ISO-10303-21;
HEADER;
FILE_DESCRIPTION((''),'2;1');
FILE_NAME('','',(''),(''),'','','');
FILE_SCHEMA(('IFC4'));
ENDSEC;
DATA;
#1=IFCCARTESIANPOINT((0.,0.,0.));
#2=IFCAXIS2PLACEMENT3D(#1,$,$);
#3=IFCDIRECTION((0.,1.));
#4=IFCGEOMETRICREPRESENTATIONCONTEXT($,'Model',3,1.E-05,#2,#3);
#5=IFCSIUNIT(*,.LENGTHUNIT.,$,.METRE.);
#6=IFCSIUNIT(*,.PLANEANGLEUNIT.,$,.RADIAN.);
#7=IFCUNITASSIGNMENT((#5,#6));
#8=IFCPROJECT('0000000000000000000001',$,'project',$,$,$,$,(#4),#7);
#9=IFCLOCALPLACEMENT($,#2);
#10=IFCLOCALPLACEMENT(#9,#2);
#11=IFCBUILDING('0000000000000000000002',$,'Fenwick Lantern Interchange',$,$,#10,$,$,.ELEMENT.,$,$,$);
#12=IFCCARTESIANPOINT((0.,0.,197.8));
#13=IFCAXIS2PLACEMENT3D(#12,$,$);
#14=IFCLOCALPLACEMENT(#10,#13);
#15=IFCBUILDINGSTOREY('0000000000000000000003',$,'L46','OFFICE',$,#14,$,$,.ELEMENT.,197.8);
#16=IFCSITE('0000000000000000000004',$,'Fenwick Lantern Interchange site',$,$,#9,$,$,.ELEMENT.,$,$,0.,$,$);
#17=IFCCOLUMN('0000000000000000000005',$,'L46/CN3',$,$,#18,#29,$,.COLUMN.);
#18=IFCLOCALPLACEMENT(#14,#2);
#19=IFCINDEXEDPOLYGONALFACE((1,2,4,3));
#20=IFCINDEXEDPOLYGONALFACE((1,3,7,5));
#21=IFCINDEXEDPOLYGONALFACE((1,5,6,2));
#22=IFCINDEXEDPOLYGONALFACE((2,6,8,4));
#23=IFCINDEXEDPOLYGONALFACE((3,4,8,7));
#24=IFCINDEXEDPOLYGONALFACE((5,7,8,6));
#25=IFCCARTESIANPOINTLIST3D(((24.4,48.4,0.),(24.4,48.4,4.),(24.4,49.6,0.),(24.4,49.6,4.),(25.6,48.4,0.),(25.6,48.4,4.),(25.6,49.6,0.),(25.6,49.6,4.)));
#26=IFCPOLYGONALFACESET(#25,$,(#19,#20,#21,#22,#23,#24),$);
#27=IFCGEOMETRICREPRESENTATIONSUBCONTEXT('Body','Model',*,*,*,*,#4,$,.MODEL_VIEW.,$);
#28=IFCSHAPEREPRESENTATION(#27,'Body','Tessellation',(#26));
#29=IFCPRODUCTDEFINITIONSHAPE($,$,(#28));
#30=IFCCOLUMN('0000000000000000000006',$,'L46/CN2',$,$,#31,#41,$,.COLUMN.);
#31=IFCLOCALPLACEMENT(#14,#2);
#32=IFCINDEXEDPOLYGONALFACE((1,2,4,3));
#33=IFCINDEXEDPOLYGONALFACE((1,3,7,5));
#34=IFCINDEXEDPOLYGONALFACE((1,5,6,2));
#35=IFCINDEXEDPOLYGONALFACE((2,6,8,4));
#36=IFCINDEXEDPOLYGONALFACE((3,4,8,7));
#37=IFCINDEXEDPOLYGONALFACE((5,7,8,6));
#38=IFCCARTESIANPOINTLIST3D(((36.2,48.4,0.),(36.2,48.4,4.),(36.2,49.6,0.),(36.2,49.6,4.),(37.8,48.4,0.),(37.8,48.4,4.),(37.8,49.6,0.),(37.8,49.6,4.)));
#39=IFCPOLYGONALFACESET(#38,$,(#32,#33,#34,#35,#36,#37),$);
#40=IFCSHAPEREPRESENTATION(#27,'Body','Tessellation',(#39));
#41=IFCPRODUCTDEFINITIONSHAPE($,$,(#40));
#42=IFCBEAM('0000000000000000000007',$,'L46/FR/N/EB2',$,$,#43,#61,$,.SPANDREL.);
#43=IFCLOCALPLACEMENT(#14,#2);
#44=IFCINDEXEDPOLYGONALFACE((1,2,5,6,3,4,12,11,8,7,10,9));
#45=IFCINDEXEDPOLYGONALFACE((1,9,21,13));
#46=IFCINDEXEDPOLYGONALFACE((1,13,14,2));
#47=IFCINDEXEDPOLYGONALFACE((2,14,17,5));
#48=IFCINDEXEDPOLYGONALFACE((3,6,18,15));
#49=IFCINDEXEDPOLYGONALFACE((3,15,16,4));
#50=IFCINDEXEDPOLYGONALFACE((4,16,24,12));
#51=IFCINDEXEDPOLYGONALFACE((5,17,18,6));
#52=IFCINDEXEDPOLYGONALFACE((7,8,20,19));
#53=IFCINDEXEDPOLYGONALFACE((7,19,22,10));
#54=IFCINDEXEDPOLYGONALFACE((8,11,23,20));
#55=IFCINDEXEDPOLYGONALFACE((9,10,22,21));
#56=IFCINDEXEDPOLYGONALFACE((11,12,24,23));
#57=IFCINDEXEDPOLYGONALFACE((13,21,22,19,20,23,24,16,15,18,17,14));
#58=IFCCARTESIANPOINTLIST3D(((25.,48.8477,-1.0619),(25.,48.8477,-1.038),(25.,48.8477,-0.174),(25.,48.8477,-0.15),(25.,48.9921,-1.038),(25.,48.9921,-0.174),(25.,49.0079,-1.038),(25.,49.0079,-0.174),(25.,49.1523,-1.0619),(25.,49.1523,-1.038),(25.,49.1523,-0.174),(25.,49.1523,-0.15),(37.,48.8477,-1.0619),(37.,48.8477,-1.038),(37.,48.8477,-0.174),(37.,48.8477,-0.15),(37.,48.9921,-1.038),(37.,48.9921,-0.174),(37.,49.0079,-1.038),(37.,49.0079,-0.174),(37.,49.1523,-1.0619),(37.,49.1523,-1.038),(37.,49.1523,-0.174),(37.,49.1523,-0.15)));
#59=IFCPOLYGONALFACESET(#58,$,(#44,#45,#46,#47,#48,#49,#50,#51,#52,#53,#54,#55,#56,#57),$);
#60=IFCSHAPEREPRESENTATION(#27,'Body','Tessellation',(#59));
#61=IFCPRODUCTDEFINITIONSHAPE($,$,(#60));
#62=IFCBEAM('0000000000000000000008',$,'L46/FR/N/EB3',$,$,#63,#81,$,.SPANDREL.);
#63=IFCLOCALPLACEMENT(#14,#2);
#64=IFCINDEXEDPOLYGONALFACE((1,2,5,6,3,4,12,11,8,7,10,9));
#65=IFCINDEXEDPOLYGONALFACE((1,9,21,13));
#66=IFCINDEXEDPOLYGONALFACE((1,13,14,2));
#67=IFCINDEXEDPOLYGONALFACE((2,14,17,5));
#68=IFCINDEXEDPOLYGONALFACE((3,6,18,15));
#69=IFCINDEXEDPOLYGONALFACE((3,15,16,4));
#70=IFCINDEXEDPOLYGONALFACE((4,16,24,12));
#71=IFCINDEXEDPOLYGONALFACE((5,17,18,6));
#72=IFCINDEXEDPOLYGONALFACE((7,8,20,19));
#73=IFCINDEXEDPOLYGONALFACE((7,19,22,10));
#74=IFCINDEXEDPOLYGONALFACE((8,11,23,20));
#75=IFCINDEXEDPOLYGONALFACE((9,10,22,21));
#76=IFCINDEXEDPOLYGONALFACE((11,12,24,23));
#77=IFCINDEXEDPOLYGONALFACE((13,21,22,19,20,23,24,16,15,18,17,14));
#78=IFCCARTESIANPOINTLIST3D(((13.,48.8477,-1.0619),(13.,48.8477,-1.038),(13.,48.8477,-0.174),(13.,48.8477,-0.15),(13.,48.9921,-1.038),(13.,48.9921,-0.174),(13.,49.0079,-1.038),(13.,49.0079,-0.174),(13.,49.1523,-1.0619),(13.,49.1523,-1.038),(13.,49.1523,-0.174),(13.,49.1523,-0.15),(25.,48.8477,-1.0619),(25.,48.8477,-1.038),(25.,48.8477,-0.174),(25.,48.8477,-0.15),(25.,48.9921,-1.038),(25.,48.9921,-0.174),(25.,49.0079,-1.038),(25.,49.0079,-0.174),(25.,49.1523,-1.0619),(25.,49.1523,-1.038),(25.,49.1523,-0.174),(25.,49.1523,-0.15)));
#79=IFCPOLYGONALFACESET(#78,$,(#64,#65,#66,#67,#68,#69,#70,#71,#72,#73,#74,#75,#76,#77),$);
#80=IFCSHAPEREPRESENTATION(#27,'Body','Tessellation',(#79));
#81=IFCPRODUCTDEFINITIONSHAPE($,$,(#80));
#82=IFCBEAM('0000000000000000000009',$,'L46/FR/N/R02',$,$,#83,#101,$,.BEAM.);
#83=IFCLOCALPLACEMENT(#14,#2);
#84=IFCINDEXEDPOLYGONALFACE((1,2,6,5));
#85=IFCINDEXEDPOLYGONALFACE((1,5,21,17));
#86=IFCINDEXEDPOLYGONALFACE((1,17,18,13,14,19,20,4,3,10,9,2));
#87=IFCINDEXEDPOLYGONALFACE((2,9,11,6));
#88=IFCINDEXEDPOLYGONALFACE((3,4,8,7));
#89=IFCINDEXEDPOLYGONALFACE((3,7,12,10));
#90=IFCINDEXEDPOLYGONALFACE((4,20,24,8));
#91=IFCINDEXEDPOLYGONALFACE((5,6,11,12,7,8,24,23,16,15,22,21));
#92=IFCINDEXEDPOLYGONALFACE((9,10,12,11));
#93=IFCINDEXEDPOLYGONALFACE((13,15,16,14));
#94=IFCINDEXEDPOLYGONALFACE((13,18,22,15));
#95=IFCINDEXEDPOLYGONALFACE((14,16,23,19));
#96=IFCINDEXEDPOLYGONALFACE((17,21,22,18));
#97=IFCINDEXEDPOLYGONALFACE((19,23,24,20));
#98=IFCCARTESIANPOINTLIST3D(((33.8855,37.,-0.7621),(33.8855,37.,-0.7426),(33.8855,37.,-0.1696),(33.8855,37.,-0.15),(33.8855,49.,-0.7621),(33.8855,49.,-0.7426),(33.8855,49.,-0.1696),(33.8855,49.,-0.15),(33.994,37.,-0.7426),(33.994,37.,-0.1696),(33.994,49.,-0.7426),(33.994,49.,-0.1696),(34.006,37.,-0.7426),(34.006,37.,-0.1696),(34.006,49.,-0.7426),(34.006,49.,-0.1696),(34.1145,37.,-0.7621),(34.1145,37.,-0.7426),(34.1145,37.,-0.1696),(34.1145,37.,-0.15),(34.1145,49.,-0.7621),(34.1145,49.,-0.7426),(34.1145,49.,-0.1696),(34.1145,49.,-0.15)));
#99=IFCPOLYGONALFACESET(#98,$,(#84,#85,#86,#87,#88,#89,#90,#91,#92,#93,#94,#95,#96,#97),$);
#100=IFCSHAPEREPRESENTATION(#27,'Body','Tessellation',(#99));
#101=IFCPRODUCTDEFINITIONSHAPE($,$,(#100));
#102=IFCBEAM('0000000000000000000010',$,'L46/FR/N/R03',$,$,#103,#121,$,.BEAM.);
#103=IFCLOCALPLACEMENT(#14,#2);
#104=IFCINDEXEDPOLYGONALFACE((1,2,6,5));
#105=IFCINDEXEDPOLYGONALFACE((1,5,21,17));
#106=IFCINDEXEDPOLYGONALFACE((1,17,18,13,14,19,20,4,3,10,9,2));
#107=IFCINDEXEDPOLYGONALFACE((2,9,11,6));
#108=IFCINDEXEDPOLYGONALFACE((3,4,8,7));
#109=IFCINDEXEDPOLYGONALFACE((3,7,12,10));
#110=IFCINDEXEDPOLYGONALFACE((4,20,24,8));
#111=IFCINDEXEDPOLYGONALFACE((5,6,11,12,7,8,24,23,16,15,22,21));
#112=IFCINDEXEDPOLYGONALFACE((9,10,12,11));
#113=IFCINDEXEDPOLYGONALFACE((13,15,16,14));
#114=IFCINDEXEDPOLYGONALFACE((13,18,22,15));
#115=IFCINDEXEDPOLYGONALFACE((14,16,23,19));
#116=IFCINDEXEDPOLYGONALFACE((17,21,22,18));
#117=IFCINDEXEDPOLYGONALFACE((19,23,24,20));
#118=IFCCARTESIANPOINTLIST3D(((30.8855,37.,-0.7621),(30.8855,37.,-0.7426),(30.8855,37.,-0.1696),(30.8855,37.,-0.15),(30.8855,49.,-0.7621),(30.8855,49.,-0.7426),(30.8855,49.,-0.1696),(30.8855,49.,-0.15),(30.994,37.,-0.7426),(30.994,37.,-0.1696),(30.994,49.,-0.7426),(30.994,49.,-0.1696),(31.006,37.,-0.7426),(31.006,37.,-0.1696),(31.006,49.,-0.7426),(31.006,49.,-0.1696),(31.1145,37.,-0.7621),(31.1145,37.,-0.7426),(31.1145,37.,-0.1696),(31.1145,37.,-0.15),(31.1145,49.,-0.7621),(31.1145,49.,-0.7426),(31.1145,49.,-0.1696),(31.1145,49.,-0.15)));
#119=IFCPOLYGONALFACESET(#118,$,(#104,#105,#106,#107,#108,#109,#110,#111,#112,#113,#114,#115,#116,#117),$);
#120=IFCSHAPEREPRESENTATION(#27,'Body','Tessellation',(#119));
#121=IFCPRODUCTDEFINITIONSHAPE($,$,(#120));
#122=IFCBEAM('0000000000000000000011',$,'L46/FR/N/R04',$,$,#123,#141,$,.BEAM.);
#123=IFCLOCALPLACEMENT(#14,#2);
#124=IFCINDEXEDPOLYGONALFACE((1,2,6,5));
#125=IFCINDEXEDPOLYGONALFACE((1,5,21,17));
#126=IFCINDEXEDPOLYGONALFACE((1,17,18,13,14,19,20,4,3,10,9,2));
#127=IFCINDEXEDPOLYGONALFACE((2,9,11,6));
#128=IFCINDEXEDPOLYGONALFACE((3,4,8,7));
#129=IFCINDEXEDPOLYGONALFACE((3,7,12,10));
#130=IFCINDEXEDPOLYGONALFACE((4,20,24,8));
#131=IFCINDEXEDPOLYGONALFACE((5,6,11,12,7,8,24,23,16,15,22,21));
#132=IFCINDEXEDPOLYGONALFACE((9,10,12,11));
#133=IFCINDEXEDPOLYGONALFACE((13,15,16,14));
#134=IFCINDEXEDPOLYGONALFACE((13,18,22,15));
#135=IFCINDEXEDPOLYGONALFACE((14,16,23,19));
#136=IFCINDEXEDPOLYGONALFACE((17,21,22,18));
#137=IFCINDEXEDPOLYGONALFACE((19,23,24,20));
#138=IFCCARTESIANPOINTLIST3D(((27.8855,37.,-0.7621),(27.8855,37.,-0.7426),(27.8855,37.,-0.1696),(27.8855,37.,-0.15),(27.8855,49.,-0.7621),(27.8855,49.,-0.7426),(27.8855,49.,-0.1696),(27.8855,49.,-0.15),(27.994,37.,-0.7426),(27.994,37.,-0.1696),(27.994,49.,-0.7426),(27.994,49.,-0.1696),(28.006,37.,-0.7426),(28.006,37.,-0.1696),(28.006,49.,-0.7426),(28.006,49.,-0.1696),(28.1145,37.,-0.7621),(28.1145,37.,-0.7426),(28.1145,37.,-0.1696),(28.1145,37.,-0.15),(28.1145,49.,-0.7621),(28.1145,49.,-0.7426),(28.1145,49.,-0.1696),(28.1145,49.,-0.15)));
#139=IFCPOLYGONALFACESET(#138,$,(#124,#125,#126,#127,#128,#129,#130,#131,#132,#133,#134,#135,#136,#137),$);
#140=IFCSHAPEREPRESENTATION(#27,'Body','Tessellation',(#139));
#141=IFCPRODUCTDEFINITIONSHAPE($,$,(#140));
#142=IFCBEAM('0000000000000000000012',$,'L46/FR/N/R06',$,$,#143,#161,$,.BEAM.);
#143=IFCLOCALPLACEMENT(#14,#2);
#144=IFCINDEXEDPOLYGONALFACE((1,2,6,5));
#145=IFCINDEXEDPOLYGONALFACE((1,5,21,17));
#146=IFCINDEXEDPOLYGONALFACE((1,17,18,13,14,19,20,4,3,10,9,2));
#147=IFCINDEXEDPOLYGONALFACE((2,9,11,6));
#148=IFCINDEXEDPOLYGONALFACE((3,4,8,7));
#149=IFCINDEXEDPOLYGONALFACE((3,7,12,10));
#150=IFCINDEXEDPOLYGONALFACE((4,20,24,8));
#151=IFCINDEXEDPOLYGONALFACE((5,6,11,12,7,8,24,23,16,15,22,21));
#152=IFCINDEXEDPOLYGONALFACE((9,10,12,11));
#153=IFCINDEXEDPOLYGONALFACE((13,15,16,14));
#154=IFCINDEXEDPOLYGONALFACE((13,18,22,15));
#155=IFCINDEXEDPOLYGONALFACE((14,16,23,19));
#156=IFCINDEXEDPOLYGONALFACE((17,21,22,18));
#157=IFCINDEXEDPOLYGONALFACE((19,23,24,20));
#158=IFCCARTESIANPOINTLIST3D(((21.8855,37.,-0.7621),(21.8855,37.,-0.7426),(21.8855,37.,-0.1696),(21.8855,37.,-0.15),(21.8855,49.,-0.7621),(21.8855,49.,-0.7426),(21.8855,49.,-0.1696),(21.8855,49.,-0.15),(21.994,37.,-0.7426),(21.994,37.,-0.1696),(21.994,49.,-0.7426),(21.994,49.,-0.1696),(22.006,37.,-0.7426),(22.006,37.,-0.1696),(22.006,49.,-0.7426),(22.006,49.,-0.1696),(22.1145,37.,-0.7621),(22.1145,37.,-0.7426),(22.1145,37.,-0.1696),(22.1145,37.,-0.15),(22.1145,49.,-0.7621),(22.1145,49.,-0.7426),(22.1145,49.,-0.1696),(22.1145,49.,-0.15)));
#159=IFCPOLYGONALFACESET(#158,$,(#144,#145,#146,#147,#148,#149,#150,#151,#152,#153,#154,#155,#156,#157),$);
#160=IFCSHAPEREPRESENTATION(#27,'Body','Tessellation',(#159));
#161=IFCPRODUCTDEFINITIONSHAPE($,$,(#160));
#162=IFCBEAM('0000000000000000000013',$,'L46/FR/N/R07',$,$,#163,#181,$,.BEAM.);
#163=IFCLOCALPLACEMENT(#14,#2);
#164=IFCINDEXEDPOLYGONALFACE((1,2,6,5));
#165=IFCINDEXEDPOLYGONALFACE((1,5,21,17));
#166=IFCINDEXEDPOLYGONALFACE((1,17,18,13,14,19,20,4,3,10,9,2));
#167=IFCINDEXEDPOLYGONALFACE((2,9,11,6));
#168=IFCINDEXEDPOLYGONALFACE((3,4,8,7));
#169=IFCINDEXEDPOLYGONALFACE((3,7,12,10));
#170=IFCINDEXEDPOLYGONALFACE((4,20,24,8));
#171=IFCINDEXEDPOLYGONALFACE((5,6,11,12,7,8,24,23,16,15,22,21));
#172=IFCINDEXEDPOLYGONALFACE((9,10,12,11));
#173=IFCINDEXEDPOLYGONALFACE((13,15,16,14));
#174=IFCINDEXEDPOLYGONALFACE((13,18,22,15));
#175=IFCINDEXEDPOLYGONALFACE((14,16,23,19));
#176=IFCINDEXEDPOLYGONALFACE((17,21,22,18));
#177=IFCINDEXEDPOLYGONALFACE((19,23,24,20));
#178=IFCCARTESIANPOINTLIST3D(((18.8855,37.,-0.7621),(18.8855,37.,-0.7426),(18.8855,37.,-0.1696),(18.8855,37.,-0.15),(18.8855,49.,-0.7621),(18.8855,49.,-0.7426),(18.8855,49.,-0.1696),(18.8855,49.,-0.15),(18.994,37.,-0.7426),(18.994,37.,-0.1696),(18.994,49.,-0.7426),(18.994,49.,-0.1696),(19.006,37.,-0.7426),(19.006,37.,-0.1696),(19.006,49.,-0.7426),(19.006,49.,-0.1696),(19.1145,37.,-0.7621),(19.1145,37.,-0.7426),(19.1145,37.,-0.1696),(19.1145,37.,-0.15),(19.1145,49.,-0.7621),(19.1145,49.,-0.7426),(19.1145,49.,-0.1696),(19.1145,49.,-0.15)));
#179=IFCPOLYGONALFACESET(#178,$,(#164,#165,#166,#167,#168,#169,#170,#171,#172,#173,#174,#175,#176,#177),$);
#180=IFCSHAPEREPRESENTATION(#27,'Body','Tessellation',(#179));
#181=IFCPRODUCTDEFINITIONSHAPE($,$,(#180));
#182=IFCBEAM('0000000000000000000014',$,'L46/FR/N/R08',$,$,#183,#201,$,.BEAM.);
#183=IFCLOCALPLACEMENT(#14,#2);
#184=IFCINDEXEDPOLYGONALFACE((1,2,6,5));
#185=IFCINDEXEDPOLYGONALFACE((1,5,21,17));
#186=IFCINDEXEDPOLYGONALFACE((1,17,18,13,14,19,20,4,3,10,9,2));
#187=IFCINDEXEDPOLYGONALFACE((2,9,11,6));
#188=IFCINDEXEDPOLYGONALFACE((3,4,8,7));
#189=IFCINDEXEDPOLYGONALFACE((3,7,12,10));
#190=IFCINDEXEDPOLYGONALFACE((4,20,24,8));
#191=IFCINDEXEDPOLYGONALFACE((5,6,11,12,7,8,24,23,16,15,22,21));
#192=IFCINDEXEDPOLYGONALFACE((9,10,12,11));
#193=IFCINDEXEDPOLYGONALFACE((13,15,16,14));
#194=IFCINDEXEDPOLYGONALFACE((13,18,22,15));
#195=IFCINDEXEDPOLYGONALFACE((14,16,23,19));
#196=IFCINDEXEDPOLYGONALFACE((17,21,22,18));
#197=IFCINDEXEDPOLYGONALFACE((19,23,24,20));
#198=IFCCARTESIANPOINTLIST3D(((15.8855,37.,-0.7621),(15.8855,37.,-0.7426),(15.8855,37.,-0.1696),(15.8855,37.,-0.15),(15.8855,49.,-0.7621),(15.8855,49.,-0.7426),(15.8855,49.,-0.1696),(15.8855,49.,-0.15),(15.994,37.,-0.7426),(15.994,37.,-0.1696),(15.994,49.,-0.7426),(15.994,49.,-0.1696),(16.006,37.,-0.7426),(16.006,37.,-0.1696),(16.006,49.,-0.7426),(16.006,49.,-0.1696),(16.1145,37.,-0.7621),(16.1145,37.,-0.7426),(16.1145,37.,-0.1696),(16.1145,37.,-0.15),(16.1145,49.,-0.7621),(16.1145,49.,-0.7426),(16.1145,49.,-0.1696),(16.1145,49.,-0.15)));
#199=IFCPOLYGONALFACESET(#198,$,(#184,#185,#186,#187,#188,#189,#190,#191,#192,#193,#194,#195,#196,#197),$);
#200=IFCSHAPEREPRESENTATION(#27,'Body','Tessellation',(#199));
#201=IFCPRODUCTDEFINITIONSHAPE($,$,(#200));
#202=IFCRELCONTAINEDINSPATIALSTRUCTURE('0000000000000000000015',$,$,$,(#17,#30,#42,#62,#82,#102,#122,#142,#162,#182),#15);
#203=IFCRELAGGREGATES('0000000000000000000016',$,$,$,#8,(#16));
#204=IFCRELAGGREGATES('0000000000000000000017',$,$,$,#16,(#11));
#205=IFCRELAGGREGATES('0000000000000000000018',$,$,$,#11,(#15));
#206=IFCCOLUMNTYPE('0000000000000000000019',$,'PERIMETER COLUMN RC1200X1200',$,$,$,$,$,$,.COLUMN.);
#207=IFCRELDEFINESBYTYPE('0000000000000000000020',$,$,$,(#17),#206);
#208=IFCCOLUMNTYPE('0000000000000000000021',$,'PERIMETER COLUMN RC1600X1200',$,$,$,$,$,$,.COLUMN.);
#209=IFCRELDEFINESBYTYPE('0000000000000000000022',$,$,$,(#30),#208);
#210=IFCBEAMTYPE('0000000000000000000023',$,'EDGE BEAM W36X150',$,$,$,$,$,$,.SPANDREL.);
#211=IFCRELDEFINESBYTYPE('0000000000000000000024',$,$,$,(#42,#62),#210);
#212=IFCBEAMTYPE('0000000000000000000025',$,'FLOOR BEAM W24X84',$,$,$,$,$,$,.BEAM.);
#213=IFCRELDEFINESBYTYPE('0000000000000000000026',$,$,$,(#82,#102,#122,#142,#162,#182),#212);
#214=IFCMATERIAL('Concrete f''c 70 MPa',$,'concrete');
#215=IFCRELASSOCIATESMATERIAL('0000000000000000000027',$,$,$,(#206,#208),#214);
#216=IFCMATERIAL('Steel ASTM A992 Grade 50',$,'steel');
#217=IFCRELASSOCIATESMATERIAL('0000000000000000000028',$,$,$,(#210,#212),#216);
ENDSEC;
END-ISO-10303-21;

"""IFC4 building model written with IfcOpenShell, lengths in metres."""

from ifc_helpers import new_model, si_unit, direction, frame, origin, origin_2d, place, context, subcontext, project, spatial, rectangle, i_section, extrude, material, material_profile, profile_set, type_object, element, save


model = new_model("IFC4")

# Units and contexts
model_context = context("Model", 3, precision=1e-05, world=origin(), true_north=direction((0.0, 1.0)))
body_context = subcontext(model_context, "Body", "Model", "MODEL_VIEW")
ifc_project = project(units=[si_unit("LENGTHUNIT", "METRE"), si_unit("PLANEANGLEUNIT", "RADIAN")], contexts=[model_context])

# Site, building, storey
site_placement = place(None, origin())
site = spatial("IfcSite", under=ifc_project, at=site_placement, Name="Fenwick Lantern Interchange site", CompositionType="ELEMENT", RefElevation=0.0)
building_placement = place(site_placement, origin())
building = spatial("IfcBuilding", under=site, at=building_placement, Name="Fenwick Lantern Interchange", CompositionType="ELEMENT")
storey_placement = place(building_placement, frame((0.0, 0.0, 197.8)))
storey = spatial("IfcBuildingStorey", under=building, at=storey_placement, Name="L46", Description="OFFICE", CompositionType="ELEMENT", Elevation=197.8)

# Columns
ifc_material_1 = material(Name="Concrete f'c 70 MPa", Category="concrete")
ifc_material_profile_1 = material_profile(ifc_material_1, rectangle(XDim=1.2, YDim=1.2, at=origin_2d()), Name="RC1200X1200")
ifc_profile_set_1 = profile_set([ifc_material_profile_1], Name="Concrete f'c 70 MPa")
column_type_1 = type_object("IfcColumnType", Name="PERIMETER COLUMN RC1200X1200", PredefinedType="COLUMN", material=ifc_profile_set_1)
column_1_placement = place(storey_placement, frame((25.0, 49.0, 0.0), z_axis=(0.0, 0.0, 1.0), x_axis=(1.0, 0.0, 0.0)))
element("IfcColumn", 1, at=column_1_placement, inside=storey, type_object=column_type_1, Name="L46/CN3", PredefinedType="COLUMN", context=body_context, shape_type="SweptSolid", body=[
    extrude(rectangle(XDim=1.2, YDim=1.2, at=origin_2d()), origin(), (0.0, 0.0, 1.0), 4.0),
])
ifc_material_profile_2 = material_profile(ifc_material_1, rectangle(XDim=1.6001, YDim=1.2, at=origin_2d()), Name="RC1600X1200")
ifc_profile_set_2 = profile_set([ifc_material_profile_2], Name="Concrete f'c 70 MPa")
column_type_2 = type_object("IfcColumnType", Name="PERIMETER COLUMN RC1600X1200", PredefinedType="COLUMN", material=ifc_profile_set_2)
column_2_placement = place(storey_placement, frame((37.0, 49.0, 0.0), z_axis=(0.0, 0.0, 1.0), x_axis=(1.0, 0.0, 0.0)))
element("IfcColumn", 2, at=column_2_placement, inside=storey, type_object=column_type_2, Name="L46/CN2", PredefinedType="COLUMN", context=body_context, shape_type="SweptSolid", body=[
    extrude(rectangle(XDim=1.6001, YDim=1.2, at=origin_2d()), origin(), (0.0, 0.0, 1.0), 4.0),
])

# Beams
ifc_material_2 = material(Name="Steel ASTM A992 Grade 50", Category="steel")
ifc_material_profile_3 = material_profile(ifc_material_2, i_section(OverallWidth=0.3047, OverallDepth=0.9119, WebThickness=0.0159, FlangeThickness=0.0239, at=origin_2d()), Name="W36X150")
ifc_profile_set_3 = profile_set([ifc_material_profile_3], Name="Steel ASTM A992 Grade 50")
beam_type_1 = type_object("IfcBeamType", Name="EDGE BEAM W36X150", PredefinedType="SPANDREL", material=ifc_profile_set_3)
for number, where, z_axis, x_axis, name in (
    (3, (37.0, 49.0, -0.606), (-1.0, 0.0, 0.0), (0.0, -1.0, 0.0), "L46/FR/N/EB2"),
    (4, (25.0, 49.0, -0.606), (-1.0, 0.0, 0.0), (0.0, -1.0, 0.0), "L46/FR/N/EB3"),
):
    element("IfcBeam", number, at=place(storey_placement, frame(where, z_axis=z_axis, x_axis=x_axis)), inside=storey, type_object=beam_type_1, Name=name, PredefinedType="SPANDREL", context=body_context, shape_type="SweptSolid", body=[
        extrude(i_section(OverallWidth=0.3047, OverallDepth=0.9119, WebThickness=0.0159, FlangeThickness=0.0239, at=origin_2d()), origin(), (0.0, 0.0, 1.0), 12.0),
    ])
ifc_material_profile_4 = material_profile(ifc_material_2, i_section(OverallWidth=0.229, OverallDepth=0.6121, WebThickness=0.012, FlangeThickness=0.0195, at=origin_2d()), Name="W24X84")
ifc_profile_set_4 = profile_set([ifc_material_profile_4], Name="Steel ASTM A992 Grade 50")
beam_type_2 = type_object("IfcBeamType", Name="FLOOR BEAM W24X84", PredefinedType="BEAM", material=ifc_profile_set_4)
for number, where, z_axis, x_axis, name in (
    (5, (34.0, 49.0, -0.4561), (0.0, -1.0, 0.0), (1.0, 0.0, 0.0), "L46/FR/N/R02"),
    (6, (31.0, 49.0, -0.4561), (0.0, -1.0, 0.0), (1.0, 0.0, 0.0), "L46/FR/N/R03"),
    (7, (28.0, 49.0, -0.4561), (0.0, -1.0, 0.0), (1.0, 0.0, 0.0), "L46/FR/N/R04"),
    (8, (22.0, 49.0, -0.4561), (0.0, -1.0, 0.0), (1.0, 0.0, 0.0), "L46/FR/N/R06"),
    (9, (19.0, 49.0, -0.4561), (0.0, -1.0, 0.0), (1.0, 0.0, 0.0), "L46/FR/N/R07"),
    (10, (16.0, 49.0, -0.4561), (0.0, -1.0, 0.0), (1.0, 0.0, 0.0), "L46/FR/N/R08"),
):
    element("IfcBeam", number, at=place(storey_placement, frame(where, z_axis=z_axis, x_axis=x_axis)), inside=storey, type_object=beam_type_2, Name=name, PredefinedType="BEAM", context=body_context, shape_type="SweptSolid", body=[
        extrude(i_section(OverallWidth=0.229, OverallDepth=0.6121, WebThickness=0.012, FlangeThickness=0.0195, at=origin_2d()), origin(), (0.0, 0.0, 1.0), 12.0),
    ])

save(model, "model.ifc")
